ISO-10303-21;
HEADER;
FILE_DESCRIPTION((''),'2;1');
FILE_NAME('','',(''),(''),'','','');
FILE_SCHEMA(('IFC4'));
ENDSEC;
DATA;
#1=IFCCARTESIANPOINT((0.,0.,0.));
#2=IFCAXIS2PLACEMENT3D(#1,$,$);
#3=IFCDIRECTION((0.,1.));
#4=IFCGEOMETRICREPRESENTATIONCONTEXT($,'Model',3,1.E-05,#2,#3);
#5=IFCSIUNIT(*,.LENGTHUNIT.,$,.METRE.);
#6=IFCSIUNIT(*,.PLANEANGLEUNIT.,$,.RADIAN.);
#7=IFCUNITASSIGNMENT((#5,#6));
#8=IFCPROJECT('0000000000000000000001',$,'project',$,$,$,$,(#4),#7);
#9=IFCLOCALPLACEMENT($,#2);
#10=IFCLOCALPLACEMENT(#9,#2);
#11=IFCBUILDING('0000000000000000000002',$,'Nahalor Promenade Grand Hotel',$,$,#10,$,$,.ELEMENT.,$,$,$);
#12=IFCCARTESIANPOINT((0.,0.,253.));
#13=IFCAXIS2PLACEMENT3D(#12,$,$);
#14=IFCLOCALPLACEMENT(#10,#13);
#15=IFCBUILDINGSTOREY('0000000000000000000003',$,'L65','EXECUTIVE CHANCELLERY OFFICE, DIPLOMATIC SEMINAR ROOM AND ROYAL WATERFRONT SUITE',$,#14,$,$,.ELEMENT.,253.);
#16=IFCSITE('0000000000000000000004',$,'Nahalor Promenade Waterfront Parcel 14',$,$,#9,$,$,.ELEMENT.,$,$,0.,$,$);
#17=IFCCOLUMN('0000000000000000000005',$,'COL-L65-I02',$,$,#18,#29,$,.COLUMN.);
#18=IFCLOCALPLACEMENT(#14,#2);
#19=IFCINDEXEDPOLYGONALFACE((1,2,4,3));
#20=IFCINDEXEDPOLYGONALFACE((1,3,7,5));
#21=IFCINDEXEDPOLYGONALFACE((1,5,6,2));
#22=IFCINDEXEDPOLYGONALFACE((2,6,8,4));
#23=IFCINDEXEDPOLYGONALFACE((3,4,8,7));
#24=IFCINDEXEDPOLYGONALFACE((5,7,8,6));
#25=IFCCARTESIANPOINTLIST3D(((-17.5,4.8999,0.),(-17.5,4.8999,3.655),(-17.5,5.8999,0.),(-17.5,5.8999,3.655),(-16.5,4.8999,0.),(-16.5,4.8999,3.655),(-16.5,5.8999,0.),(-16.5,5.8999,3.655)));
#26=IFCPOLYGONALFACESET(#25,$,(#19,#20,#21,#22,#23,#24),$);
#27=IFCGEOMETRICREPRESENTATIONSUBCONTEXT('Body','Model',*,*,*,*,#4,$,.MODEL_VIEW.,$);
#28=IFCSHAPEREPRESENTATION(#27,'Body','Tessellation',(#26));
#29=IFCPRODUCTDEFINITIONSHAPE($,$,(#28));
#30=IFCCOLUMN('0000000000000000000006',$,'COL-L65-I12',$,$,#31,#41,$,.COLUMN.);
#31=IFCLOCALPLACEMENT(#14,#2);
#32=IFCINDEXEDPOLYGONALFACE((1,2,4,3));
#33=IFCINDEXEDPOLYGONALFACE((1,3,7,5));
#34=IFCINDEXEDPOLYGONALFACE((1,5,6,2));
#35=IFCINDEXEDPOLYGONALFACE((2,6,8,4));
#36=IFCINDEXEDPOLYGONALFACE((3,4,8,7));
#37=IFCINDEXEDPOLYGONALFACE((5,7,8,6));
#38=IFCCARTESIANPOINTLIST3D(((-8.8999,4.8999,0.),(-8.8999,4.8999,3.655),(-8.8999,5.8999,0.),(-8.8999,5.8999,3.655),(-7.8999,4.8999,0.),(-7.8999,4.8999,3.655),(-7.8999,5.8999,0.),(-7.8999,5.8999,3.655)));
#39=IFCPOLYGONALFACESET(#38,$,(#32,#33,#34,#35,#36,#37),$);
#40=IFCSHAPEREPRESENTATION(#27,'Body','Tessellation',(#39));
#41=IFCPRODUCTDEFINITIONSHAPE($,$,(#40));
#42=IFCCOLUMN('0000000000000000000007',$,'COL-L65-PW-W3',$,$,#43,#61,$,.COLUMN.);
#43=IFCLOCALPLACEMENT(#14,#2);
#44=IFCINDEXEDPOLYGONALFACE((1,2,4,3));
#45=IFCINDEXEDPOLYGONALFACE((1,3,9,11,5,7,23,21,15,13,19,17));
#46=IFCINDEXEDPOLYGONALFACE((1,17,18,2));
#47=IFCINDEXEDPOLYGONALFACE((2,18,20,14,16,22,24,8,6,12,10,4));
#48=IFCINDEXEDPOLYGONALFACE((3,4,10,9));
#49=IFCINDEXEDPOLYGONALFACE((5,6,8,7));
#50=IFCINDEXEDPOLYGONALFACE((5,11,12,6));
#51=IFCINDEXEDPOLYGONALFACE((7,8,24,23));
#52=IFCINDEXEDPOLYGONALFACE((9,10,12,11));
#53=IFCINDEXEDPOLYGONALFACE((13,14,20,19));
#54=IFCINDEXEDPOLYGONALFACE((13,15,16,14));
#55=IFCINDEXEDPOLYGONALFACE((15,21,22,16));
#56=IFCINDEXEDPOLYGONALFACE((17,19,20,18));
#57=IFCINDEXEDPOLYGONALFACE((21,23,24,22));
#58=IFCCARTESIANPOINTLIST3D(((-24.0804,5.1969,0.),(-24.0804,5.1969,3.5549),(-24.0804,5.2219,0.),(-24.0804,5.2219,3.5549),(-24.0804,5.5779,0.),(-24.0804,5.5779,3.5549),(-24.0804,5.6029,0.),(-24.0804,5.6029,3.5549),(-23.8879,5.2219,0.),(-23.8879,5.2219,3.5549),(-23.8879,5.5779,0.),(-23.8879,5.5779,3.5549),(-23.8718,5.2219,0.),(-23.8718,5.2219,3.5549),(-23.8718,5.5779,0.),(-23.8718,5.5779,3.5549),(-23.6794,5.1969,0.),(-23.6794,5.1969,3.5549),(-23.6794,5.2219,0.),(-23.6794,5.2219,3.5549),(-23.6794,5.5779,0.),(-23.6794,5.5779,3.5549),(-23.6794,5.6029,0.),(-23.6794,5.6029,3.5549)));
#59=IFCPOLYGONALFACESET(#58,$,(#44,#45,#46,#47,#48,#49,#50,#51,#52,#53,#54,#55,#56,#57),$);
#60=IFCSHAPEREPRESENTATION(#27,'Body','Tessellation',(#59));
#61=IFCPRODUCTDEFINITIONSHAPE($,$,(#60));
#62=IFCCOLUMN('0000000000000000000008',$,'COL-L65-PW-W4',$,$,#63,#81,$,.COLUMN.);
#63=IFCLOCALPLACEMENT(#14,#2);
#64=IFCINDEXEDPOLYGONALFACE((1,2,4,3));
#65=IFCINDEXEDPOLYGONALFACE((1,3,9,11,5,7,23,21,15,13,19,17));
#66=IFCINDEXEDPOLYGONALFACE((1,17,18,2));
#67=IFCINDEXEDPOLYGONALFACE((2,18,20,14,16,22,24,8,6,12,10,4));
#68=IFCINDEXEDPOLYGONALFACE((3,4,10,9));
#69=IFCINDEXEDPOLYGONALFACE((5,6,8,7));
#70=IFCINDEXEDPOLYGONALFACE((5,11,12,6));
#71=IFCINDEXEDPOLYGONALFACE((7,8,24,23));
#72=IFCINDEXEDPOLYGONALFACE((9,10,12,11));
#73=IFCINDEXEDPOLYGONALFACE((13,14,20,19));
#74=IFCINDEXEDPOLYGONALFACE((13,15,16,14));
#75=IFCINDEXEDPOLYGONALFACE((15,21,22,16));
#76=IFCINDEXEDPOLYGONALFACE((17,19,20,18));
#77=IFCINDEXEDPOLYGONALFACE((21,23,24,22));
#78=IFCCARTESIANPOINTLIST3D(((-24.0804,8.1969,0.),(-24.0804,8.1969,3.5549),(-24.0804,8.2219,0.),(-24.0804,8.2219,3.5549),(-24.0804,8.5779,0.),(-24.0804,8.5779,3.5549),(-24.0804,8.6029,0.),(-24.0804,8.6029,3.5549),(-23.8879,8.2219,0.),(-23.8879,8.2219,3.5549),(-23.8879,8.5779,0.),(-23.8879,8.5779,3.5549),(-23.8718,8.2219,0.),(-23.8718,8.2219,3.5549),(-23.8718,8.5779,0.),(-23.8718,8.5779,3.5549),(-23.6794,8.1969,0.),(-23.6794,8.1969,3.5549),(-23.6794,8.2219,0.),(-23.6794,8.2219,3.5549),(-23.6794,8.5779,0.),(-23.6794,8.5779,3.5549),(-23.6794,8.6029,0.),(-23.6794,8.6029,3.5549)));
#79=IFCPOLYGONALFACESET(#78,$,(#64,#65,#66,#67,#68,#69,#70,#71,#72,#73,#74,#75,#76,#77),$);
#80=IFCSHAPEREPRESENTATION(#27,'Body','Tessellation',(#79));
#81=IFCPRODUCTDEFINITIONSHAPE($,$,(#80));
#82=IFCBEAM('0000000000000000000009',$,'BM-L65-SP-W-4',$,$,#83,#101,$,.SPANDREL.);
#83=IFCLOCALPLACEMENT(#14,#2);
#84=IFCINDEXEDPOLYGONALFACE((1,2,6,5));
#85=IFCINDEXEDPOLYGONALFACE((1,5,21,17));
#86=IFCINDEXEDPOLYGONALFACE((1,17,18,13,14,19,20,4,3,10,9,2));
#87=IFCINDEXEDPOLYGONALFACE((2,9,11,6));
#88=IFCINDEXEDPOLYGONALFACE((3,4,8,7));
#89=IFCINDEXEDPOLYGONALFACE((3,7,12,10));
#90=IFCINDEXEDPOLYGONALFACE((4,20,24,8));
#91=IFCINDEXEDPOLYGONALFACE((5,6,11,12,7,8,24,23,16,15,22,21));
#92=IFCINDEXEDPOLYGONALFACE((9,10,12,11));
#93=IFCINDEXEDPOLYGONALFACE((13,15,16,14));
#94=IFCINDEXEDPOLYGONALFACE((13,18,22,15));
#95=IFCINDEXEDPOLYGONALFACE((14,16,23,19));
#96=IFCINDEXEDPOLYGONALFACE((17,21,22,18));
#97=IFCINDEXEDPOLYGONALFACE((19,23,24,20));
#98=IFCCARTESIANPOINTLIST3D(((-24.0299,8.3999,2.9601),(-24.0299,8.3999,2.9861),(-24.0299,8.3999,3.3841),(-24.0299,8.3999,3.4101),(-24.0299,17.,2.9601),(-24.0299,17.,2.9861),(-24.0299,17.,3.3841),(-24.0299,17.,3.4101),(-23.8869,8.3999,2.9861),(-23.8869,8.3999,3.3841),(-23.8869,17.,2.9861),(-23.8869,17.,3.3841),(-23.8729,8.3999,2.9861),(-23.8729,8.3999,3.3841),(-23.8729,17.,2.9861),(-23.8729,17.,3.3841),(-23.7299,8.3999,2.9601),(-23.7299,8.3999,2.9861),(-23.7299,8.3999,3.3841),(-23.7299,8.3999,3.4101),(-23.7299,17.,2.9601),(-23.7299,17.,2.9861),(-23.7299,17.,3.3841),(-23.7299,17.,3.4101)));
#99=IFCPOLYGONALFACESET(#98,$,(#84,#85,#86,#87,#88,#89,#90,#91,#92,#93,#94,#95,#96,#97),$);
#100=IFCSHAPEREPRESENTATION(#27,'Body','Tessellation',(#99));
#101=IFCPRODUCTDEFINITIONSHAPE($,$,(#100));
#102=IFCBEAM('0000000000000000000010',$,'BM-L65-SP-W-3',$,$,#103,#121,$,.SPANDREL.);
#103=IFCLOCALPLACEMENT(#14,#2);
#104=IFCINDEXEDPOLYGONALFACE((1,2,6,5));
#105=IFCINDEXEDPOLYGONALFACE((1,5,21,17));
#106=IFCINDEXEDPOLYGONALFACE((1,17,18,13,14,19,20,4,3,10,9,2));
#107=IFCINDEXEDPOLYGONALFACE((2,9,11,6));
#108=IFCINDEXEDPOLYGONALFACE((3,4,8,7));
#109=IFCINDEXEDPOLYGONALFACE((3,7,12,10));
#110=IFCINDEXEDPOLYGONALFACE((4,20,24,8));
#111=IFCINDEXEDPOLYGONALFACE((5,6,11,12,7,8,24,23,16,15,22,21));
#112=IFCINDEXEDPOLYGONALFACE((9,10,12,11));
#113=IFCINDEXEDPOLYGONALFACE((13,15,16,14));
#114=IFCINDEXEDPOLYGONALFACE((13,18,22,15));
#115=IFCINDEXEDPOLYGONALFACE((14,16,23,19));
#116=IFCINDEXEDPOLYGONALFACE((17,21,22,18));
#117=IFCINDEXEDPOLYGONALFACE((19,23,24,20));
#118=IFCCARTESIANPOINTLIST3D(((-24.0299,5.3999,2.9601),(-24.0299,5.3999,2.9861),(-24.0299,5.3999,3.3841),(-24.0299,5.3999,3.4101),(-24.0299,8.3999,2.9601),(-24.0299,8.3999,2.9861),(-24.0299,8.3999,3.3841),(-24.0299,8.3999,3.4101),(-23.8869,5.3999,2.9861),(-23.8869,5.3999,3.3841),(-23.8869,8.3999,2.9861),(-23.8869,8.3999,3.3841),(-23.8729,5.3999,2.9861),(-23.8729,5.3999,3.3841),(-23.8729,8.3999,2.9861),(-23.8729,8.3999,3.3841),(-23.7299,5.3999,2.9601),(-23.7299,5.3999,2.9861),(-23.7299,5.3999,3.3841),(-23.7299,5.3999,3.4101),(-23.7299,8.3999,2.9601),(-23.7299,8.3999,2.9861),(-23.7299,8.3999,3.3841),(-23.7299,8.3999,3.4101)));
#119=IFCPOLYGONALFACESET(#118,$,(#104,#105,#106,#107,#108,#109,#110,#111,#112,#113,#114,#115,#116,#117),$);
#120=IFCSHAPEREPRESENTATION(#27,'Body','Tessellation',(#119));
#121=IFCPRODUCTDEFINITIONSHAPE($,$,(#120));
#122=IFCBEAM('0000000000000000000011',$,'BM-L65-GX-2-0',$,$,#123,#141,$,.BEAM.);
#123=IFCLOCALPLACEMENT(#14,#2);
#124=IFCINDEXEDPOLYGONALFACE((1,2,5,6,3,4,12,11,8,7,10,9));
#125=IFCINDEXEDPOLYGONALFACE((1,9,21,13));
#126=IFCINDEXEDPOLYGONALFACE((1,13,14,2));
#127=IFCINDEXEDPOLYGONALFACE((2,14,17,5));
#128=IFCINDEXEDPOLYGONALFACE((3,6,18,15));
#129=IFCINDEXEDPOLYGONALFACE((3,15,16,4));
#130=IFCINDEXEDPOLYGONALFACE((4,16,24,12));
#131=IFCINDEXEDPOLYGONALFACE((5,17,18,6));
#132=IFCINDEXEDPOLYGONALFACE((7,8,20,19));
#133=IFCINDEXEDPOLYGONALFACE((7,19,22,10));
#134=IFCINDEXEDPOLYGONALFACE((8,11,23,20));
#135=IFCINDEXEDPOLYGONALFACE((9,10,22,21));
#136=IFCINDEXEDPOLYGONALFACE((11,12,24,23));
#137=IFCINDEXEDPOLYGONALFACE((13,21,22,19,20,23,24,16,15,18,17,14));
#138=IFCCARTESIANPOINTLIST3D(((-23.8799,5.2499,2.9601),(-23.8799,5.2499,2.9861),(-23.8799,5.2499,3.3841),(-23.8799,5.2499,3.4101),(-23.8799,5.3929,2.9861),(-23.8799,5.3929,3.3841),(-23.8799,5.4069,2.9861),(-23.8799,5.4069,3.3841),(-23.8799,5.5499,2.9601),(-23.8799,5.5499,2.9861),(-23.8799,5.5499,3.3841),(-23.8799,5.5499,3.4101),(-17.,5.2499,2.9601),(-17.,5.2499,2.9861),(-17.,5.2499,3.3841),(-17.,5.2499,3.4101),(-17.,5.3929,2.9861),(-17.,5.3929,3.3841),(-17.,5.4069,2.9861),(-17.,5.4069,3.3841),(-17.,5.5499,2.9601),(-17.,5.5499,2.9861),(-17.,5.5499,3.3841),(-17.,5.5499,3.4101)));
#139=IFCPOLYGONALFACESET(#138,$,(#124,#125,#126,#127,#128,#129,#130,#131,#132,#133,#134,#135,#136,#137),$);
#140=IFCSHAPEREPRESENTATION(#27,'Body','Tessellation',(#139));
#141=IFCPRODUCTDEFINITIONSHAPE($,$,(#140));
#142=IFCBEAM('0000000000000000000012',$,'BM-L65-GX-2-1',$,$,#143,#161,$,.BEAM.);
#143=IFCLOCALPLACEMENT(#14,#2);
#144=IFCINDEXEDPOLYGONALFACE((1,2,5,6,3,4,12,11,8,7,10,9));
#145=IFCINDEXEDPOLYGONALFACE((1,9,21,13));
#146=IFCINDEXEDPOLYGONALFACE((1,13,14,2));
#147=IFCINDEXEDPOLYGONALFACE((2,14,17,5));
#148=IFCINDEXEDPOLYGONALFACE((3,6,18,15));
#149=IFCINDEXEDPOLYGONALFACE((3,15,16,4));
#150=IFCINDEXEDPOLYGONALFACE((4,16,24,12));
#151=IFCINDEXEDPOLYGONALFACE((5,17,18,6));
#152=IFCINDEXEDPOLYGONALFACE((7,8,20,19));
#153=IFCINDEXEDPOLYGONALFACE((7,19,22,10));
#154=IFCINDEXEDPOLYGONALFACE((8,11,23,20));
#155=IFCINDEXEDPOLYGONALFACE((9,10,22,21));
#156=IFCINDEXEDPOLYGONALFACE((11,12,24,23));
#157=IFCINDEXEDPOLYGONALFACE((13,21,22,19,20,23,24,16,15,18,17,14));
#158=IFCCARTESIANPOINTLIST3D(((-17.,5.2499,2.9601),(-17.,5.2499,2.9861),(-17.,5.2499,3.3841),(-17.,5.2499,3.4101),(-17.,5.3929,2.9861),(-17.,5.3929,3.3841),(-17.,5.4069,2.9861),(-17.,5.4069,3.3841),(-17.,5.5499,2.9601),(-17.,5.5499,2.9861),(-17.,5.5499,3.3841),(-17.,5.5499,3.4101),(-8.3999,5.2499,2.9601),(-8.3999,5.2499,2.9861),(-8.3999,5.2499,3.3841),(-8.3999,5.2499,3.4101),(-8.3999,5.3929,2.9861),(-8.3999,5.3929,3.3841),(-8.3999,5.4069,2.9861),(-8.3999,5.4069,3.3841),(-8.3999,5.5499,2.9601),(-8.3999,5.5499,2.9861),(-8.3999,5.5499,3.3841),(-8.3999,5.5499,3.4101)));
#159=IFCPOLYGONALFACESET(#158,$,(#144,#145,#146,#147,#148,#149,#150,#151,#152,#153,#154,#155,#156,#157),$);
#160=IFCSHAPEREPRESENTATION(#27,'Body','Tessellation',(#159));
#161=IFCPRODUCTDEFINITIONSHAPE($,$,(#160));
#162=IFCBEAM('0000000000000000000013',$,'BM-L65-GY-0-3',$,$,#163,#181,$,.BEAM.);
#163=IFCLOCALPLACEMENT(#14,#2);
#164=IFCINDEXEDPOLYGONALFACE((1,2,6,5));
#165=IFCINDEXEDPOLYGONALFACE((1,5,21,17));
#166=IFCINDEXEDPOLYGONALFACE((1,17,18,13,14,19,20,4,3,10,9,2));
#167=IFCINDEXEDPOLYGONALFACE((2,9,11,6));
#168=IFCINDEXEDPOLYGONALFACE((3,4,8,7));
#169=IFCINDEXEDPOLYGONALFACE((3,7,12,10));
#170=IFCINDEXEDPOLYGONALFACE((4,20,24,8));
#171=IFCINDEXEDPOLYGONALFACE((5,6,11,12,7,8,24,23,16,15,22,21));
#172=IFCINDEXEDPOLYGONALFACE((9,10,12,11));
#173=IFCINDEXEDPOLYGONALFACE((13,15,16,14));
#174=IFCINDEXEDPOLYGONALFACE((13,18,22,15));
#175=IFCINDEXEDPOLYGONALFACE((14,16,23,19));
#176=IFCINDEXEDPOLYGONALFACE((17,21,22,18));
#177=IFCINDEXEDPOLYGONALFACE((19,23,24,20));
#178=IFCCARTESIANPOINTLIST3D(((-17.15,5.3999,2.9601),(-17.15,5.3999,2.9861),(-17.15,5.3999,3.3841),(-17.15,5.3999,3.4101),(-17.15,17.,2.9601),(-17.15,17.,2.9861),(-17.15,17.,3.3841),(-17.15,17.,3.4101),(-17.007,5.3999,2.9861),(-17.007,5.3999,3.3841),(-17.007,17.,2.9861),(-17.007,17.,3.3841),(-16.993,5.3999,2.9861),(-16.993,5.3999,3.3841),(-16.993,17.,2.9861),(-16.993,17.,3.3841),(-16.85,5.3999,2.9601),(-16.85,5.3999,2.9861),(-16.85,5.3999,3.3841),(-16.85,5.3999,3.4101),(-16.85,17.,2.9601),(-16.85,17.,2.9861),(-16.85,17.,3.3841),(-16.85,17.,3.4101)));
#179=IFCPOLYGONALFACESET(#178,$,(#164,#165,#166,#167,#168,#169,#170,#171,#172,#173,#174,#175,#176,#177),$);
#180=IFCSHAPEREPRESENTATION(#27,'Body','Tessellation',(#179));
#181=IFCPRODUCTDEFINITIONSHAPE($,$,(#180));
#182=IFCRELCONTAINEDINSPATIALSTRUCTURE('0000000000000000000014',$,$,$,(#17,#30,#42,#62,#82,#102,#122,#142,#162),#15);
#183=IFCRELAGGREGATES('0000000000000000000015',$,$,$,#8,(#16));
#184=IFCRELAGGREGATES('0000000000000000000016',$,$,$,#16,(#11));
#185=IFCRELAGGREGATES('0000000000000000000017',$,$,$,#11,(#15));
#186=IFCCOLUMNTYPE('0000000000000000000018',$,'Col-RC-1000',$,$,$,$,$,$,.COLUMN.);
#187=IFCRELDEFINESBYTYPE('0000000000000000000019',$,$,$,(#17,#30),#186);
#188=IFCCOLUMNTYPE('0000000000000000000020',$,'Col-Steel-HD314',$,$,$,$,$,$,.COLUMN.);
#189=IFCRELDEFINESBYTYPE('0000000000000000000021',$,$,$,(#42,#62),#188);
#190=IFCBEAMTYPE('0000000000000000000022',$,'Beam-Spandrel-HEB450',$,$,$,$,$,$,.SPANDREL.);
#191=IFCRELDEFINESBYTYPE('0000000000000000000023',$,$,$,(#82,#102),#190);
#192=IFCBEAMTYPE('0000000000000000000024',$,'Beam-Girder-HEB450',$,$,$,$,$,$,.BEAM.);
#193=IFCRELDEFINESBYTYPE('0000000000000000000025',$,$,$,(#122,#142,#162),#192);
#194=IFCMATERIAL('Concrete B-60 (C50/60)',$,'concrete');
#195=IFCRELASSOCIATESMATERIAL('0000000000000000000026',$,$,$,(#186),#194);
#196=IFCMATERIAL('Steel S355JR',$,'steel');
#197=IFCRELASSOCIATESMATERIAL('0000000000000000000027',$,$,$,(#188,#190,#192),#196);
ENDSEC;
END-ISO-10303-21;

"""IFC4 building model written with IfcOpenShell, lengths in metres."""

from ifc_helpers import new_model, si_unit, direction, frame, origin, origin_2d, place, context, subcontext, project, spatial, rectangle, i_section, extrude, source, transform, mapped, material, material_profile, profile_set, type_object, element, save


model = new_model("IFC4")

# Units and contexts
model_context = context("Model", 3, precision=1e-05, world=origin(), true_north=direction((0.0, 1.0)))
body_context = subcontext(model_context, "Body", "Model", "MODEL_VIEW")
ifc_project = project(units=[si_unit("LENGTHUNIT", "METRE"), si_unit("PLANEANGLEUNIT", "RADIAN")], contexts=[model_context])

# Site, building, storey
site_placement = place(None, origin())
site = spatial("IfcSite", under=ifc_project, at=site_placement, Name="Nahalor Promenade Waterfront Parcel 14", CompositionType="ELEMENT", RefElevation=0.0)
building_placement = place(site_placement, origin())
building = spatial("IfcBuilding", under=site, at=building_placement, Name="Nahalor Promenade Grand Hotel", CompositionType="ELEMENT")
storey_placement = place(building_placement, frame((0.0, 0.0, 253.0)))
storey = spatial("IfcBuildingStorey", under=building, at=storey_placement, Name="L65", Description="EXECUTIVE CHANCELLERY OFFICE, DIPLOMATIC SEMINAR ROOM AND ROYAL WATERFRONT SUITE", CompositionType="ELEMENT", Elevation=253.0)

# Columns
ifc_material_1 = material(Name="Concrete B-60 (C50/60)", Category="concrete")
ifc_material_profile_1 = material_profile(ifc_material_1, rectangle(XDim=1.0, YDim=1.0, at=origin_2d()), Name="RC 1000x1000")
ifc_profile_set_1 = profile_set([ifc_material_profile_1], Name="Concrete B-60 (C50/60)")
column_type_1 = type_object("IfcColumnType", Name="Col-RC-1000", PredefinedType="COLUMN", material=ifc_profile_set_1)
shared_shape_1 = source(origin(), body_context, "Body", "SweptSolid", [
    extrude(rectangle(XDim=1.0, YDim=1.0, at=origin_2d()), origin(), (0.0, 0.0, 1.0), 3.655),
])
for number, where, z_axis, x_axis, name in (
    (1, (-17.0, 5.3999, 0.0), (0.0, 0.0, 1.0), (1.0, 0.0, 0.0), "COL-L65-I02"),
    (2, (-8.3999, 5.3999, 0.0), (0.0, 0.0, 1.0), (1.0, 0.0, 0.0), "COL-L65-I12"),
):
    element("IfcColumn", number, at=place(storey_placement, frame(where, z_axis=z_axis, x_axis=x_axis)), inside=storey, type_object=column_type_1, Name=name, PredefinedType="COLUMN", context=body_context, shape_type="MappedRepresentation", body=[
        mapped(shared_shape_1, transform((0.0, 0.0, 0.0), scale=1.0)),
    ])
ifc_material_2 = material(Name="Steel S355JR", Category="steel")
ifc_material_profile_2 = material_profile(ifc_material_2, i_section(OverallWidth=0.401, OverallDepth=0.406, WebThickness=0.0161, FlangeThickness=0.025, at=origin_2d()), Name="HD 400x314")
ifc_profile_set_2 = profile_set([ifc_material_profile_2], Name="Steel S355JR")
column_type_2 = type_object("IfcColumnType", Name="Col-Steel-HD314", PredefinedType="COLUMN", material=ifc_profile_set_2)
shared_shape_2 = source(origin(), body_context, "Body", "SweptSolid", [
    extrude(i_section(OverallWidth=0.401, OverallDepth=0.406, WebThickness=0.0161, FlangeThickness=0.025, at=origin_2d()), origin(), (0.0, 0.0, 1.0), 3.5549),
])
for number, where, z_axis, x_axis, name in (
    (3, (-23.8799, 5.3999, 0.0), (0.0, 0.0, 1.0), (1.0, 0.0, 0.0), "COL-L65-PW-W3"),
    (4, (-23.8799, 8.3999, 0.0), (0.0, 0.0, 1.0), (1.0, 0.0, 0.0), "COL-L65-PW-W4"),
):
    element("IfcColumn", number, at=place(storey_placement, frame(where, z_axis=z_axis, x_axis=x_axis)), inside=storey, type_object=column_type_2, Name=name, PredefinedType="COLUMN", context=body_context, shape_type="MappedRepresentation", body=[
        mapped(shared_shape_2, transform((0.0, 0.0, 0.0), scale=1.0)),
    ])

# Beams
ifc_material_profile_3 = material_profile(ifc_material_2, i_section(OverallWidth=0.3, OverallDepth=0.45, WebThickness=0.014, FlangeThickness=0.026, at=origin_2d()), Name="HEB 450")
ifc_profile_set_3 = profile_set([ifc_material_profile_3], Name="Steel S355JR")
beam_type_1 = type_object("IfcBeamType", Name="Beam-Spandrel-HEB450", PredefinedType="SPANDREL", material=ifc_profile_set_3)
shared_shape_3 = source(origin(), body_context, "Body", "SweptSolid", [
    extrude(i_section(OverallWidth=0.3, OverallDepth=0.45, WebThickness=0.014, FlangeThickness=0.026, at=origin_2d()), origin(), (0.0, 0.0, 1.0), 8.6001),
])
beam_1_placement = place(storey_placement, frame((-23.8799, 8.3999, 3.1851), z_axis=(0.0, 1.0, 0.0), x_axis=(-1.0, 0.0, 0.0)))
element("IfcBeam", 5, at=beam_1_placement, inside=storey, type_object=beam_type_1, Name="BM-L65-SP-W-4", PredefinedType="SPANDREL", context=body_context, shape_type="MappedRepresentation", body=[
    mapped(shared_shape_3, transform((0.0, 0.0, 0.0), scale=1.0)),
])
shared_shape_4 = source(origin(), body_context, "Body", "SweptSolid", [
    extrude(i_section(OverallWidth=0.3, OverallDepth=0.45, WebThickness=0.014, FlangeThickness=0.026, at=origin_2d()), origin(), (0.0, 0.0, 1.0), 3.0),
])
beam_2_placement = place(storey_placement, frame((-23.8799, 5.3999, 3.1851), z_axis=(0.0, 1.0, 0.0), x_axis=(-1.0, 0.0, 0.0)))
element("IfcBeam", 6, at=beam_2_placement, inside=storey, type_object=beam_type_1, Name="BM-L65-SP-W-3", PredefinedType="SPANDREL", context=body_context, shape_type="MappedRepresentation", body=[
    mapped(shared_shape_4, transform((0.0, 0.0, 0.0), scale=1.0)),
])
ifc_material_profile_4 = material_profile(ifc_material_2, i_section(OverallWidth=0.3, OverallDepth=0.45, WebThickness=0.014, FlangeThickness=0.026, at=origin_2d()), Name="HEB 450")
ifc_profile_set_4 = profile_set([ifc_material_profile_4], Name="Steel S355JR")
beam_type_2 = type_object("IfcBeamType", Name="Beam-Girder-HEB450", PredefinedType="BEAM", material=ifc_profile_set_4)
shared_shape_5 = source(origin(), body_context, "Body", "SweptSolid", [
    extrude(i_section(OverallWidth=0.3, OverallDepth=0.45, WebThickness=0.014, FlangeThickness=0.026, at=origin_2d()), origin(), (0.0, 0.0, 1.0), 6.8799),
])
beam_3_placement = place(storey_placement, frame((-23.8799, 5.3999, 3.1851), z_axis=(1.0, 0.0, 0.0), x_axis=(0.0, 1.0, 0.0)))
element("IfcBeam", 7, at=beam_3_placement, inside=storey, type_object=beam_type_2, Name="BM-L65-GX-2-0", PredefinedType="BEAM", context=body_context, shape_type="MappedRepresentation", body=[
    mapped(shared_shape_5, transform((0.0, 0.0, 0.0), scale=1.0)),
])
shared_shape_6 = source(origin(), body_context, "Body", "SweptSolid", [
    extrude(i_section(OverallWidth=0.3, OverallDepth=0.45, WebThickness=0.014, FlangeThickness=0.026, at=origin_2d()), origin(), (0.0, 0.0, 1.0), 8.6001),
])
beam_4_placement = place(storey_placement, frame((-17.0, 5.3999, 3.1851), z_axis=(1.0, 0.0, 0.0), x_axis=(0.0, 1.0, 0.0)))
element("IfcBeam", 8, at=beam_4_placement, inside=storey, type_object=beam_type_2, Name="BM-L65-GX-2-1", PredefinedType="BEAM", context=body_context, shape_type="MappedRepresentation", body=[
    mapped(shared_shape_6, transform((0.0, 0.0, 0.0), scale=1.0)),
])
shared_shape_7 = source(origin(), body_context, "Body", "SweptSolid", [
    extrude(i_section(OverallWidth=0.3, OverallDepth=0.45, WebThickness=0.014, FlangeThickness=0.026, at=origin_2d()), origin(), (0.0, 0.0, 1.0), 11.6001),
])
beam_5_placement = place(storey_placement, frame((-17.0, 5.3999, 3.1851), z_axis=(0.0, 1.0, 0.0), x_axis=(-1.0, 0.0, 0.0)))
element("IfcBeam", 9, at=beam_5_placement, inside=storey, type_object=beam_type_2, Name="BM-L65-GY-0-3", PredefinedType="BEAM", context=body_context, shape_type="MappedRepresentation", body=[
    mapped(shared_shape_7, transform((0.0, 0.0, 0.0), scale=1.0)),
])

save(model, "model.ifc")
